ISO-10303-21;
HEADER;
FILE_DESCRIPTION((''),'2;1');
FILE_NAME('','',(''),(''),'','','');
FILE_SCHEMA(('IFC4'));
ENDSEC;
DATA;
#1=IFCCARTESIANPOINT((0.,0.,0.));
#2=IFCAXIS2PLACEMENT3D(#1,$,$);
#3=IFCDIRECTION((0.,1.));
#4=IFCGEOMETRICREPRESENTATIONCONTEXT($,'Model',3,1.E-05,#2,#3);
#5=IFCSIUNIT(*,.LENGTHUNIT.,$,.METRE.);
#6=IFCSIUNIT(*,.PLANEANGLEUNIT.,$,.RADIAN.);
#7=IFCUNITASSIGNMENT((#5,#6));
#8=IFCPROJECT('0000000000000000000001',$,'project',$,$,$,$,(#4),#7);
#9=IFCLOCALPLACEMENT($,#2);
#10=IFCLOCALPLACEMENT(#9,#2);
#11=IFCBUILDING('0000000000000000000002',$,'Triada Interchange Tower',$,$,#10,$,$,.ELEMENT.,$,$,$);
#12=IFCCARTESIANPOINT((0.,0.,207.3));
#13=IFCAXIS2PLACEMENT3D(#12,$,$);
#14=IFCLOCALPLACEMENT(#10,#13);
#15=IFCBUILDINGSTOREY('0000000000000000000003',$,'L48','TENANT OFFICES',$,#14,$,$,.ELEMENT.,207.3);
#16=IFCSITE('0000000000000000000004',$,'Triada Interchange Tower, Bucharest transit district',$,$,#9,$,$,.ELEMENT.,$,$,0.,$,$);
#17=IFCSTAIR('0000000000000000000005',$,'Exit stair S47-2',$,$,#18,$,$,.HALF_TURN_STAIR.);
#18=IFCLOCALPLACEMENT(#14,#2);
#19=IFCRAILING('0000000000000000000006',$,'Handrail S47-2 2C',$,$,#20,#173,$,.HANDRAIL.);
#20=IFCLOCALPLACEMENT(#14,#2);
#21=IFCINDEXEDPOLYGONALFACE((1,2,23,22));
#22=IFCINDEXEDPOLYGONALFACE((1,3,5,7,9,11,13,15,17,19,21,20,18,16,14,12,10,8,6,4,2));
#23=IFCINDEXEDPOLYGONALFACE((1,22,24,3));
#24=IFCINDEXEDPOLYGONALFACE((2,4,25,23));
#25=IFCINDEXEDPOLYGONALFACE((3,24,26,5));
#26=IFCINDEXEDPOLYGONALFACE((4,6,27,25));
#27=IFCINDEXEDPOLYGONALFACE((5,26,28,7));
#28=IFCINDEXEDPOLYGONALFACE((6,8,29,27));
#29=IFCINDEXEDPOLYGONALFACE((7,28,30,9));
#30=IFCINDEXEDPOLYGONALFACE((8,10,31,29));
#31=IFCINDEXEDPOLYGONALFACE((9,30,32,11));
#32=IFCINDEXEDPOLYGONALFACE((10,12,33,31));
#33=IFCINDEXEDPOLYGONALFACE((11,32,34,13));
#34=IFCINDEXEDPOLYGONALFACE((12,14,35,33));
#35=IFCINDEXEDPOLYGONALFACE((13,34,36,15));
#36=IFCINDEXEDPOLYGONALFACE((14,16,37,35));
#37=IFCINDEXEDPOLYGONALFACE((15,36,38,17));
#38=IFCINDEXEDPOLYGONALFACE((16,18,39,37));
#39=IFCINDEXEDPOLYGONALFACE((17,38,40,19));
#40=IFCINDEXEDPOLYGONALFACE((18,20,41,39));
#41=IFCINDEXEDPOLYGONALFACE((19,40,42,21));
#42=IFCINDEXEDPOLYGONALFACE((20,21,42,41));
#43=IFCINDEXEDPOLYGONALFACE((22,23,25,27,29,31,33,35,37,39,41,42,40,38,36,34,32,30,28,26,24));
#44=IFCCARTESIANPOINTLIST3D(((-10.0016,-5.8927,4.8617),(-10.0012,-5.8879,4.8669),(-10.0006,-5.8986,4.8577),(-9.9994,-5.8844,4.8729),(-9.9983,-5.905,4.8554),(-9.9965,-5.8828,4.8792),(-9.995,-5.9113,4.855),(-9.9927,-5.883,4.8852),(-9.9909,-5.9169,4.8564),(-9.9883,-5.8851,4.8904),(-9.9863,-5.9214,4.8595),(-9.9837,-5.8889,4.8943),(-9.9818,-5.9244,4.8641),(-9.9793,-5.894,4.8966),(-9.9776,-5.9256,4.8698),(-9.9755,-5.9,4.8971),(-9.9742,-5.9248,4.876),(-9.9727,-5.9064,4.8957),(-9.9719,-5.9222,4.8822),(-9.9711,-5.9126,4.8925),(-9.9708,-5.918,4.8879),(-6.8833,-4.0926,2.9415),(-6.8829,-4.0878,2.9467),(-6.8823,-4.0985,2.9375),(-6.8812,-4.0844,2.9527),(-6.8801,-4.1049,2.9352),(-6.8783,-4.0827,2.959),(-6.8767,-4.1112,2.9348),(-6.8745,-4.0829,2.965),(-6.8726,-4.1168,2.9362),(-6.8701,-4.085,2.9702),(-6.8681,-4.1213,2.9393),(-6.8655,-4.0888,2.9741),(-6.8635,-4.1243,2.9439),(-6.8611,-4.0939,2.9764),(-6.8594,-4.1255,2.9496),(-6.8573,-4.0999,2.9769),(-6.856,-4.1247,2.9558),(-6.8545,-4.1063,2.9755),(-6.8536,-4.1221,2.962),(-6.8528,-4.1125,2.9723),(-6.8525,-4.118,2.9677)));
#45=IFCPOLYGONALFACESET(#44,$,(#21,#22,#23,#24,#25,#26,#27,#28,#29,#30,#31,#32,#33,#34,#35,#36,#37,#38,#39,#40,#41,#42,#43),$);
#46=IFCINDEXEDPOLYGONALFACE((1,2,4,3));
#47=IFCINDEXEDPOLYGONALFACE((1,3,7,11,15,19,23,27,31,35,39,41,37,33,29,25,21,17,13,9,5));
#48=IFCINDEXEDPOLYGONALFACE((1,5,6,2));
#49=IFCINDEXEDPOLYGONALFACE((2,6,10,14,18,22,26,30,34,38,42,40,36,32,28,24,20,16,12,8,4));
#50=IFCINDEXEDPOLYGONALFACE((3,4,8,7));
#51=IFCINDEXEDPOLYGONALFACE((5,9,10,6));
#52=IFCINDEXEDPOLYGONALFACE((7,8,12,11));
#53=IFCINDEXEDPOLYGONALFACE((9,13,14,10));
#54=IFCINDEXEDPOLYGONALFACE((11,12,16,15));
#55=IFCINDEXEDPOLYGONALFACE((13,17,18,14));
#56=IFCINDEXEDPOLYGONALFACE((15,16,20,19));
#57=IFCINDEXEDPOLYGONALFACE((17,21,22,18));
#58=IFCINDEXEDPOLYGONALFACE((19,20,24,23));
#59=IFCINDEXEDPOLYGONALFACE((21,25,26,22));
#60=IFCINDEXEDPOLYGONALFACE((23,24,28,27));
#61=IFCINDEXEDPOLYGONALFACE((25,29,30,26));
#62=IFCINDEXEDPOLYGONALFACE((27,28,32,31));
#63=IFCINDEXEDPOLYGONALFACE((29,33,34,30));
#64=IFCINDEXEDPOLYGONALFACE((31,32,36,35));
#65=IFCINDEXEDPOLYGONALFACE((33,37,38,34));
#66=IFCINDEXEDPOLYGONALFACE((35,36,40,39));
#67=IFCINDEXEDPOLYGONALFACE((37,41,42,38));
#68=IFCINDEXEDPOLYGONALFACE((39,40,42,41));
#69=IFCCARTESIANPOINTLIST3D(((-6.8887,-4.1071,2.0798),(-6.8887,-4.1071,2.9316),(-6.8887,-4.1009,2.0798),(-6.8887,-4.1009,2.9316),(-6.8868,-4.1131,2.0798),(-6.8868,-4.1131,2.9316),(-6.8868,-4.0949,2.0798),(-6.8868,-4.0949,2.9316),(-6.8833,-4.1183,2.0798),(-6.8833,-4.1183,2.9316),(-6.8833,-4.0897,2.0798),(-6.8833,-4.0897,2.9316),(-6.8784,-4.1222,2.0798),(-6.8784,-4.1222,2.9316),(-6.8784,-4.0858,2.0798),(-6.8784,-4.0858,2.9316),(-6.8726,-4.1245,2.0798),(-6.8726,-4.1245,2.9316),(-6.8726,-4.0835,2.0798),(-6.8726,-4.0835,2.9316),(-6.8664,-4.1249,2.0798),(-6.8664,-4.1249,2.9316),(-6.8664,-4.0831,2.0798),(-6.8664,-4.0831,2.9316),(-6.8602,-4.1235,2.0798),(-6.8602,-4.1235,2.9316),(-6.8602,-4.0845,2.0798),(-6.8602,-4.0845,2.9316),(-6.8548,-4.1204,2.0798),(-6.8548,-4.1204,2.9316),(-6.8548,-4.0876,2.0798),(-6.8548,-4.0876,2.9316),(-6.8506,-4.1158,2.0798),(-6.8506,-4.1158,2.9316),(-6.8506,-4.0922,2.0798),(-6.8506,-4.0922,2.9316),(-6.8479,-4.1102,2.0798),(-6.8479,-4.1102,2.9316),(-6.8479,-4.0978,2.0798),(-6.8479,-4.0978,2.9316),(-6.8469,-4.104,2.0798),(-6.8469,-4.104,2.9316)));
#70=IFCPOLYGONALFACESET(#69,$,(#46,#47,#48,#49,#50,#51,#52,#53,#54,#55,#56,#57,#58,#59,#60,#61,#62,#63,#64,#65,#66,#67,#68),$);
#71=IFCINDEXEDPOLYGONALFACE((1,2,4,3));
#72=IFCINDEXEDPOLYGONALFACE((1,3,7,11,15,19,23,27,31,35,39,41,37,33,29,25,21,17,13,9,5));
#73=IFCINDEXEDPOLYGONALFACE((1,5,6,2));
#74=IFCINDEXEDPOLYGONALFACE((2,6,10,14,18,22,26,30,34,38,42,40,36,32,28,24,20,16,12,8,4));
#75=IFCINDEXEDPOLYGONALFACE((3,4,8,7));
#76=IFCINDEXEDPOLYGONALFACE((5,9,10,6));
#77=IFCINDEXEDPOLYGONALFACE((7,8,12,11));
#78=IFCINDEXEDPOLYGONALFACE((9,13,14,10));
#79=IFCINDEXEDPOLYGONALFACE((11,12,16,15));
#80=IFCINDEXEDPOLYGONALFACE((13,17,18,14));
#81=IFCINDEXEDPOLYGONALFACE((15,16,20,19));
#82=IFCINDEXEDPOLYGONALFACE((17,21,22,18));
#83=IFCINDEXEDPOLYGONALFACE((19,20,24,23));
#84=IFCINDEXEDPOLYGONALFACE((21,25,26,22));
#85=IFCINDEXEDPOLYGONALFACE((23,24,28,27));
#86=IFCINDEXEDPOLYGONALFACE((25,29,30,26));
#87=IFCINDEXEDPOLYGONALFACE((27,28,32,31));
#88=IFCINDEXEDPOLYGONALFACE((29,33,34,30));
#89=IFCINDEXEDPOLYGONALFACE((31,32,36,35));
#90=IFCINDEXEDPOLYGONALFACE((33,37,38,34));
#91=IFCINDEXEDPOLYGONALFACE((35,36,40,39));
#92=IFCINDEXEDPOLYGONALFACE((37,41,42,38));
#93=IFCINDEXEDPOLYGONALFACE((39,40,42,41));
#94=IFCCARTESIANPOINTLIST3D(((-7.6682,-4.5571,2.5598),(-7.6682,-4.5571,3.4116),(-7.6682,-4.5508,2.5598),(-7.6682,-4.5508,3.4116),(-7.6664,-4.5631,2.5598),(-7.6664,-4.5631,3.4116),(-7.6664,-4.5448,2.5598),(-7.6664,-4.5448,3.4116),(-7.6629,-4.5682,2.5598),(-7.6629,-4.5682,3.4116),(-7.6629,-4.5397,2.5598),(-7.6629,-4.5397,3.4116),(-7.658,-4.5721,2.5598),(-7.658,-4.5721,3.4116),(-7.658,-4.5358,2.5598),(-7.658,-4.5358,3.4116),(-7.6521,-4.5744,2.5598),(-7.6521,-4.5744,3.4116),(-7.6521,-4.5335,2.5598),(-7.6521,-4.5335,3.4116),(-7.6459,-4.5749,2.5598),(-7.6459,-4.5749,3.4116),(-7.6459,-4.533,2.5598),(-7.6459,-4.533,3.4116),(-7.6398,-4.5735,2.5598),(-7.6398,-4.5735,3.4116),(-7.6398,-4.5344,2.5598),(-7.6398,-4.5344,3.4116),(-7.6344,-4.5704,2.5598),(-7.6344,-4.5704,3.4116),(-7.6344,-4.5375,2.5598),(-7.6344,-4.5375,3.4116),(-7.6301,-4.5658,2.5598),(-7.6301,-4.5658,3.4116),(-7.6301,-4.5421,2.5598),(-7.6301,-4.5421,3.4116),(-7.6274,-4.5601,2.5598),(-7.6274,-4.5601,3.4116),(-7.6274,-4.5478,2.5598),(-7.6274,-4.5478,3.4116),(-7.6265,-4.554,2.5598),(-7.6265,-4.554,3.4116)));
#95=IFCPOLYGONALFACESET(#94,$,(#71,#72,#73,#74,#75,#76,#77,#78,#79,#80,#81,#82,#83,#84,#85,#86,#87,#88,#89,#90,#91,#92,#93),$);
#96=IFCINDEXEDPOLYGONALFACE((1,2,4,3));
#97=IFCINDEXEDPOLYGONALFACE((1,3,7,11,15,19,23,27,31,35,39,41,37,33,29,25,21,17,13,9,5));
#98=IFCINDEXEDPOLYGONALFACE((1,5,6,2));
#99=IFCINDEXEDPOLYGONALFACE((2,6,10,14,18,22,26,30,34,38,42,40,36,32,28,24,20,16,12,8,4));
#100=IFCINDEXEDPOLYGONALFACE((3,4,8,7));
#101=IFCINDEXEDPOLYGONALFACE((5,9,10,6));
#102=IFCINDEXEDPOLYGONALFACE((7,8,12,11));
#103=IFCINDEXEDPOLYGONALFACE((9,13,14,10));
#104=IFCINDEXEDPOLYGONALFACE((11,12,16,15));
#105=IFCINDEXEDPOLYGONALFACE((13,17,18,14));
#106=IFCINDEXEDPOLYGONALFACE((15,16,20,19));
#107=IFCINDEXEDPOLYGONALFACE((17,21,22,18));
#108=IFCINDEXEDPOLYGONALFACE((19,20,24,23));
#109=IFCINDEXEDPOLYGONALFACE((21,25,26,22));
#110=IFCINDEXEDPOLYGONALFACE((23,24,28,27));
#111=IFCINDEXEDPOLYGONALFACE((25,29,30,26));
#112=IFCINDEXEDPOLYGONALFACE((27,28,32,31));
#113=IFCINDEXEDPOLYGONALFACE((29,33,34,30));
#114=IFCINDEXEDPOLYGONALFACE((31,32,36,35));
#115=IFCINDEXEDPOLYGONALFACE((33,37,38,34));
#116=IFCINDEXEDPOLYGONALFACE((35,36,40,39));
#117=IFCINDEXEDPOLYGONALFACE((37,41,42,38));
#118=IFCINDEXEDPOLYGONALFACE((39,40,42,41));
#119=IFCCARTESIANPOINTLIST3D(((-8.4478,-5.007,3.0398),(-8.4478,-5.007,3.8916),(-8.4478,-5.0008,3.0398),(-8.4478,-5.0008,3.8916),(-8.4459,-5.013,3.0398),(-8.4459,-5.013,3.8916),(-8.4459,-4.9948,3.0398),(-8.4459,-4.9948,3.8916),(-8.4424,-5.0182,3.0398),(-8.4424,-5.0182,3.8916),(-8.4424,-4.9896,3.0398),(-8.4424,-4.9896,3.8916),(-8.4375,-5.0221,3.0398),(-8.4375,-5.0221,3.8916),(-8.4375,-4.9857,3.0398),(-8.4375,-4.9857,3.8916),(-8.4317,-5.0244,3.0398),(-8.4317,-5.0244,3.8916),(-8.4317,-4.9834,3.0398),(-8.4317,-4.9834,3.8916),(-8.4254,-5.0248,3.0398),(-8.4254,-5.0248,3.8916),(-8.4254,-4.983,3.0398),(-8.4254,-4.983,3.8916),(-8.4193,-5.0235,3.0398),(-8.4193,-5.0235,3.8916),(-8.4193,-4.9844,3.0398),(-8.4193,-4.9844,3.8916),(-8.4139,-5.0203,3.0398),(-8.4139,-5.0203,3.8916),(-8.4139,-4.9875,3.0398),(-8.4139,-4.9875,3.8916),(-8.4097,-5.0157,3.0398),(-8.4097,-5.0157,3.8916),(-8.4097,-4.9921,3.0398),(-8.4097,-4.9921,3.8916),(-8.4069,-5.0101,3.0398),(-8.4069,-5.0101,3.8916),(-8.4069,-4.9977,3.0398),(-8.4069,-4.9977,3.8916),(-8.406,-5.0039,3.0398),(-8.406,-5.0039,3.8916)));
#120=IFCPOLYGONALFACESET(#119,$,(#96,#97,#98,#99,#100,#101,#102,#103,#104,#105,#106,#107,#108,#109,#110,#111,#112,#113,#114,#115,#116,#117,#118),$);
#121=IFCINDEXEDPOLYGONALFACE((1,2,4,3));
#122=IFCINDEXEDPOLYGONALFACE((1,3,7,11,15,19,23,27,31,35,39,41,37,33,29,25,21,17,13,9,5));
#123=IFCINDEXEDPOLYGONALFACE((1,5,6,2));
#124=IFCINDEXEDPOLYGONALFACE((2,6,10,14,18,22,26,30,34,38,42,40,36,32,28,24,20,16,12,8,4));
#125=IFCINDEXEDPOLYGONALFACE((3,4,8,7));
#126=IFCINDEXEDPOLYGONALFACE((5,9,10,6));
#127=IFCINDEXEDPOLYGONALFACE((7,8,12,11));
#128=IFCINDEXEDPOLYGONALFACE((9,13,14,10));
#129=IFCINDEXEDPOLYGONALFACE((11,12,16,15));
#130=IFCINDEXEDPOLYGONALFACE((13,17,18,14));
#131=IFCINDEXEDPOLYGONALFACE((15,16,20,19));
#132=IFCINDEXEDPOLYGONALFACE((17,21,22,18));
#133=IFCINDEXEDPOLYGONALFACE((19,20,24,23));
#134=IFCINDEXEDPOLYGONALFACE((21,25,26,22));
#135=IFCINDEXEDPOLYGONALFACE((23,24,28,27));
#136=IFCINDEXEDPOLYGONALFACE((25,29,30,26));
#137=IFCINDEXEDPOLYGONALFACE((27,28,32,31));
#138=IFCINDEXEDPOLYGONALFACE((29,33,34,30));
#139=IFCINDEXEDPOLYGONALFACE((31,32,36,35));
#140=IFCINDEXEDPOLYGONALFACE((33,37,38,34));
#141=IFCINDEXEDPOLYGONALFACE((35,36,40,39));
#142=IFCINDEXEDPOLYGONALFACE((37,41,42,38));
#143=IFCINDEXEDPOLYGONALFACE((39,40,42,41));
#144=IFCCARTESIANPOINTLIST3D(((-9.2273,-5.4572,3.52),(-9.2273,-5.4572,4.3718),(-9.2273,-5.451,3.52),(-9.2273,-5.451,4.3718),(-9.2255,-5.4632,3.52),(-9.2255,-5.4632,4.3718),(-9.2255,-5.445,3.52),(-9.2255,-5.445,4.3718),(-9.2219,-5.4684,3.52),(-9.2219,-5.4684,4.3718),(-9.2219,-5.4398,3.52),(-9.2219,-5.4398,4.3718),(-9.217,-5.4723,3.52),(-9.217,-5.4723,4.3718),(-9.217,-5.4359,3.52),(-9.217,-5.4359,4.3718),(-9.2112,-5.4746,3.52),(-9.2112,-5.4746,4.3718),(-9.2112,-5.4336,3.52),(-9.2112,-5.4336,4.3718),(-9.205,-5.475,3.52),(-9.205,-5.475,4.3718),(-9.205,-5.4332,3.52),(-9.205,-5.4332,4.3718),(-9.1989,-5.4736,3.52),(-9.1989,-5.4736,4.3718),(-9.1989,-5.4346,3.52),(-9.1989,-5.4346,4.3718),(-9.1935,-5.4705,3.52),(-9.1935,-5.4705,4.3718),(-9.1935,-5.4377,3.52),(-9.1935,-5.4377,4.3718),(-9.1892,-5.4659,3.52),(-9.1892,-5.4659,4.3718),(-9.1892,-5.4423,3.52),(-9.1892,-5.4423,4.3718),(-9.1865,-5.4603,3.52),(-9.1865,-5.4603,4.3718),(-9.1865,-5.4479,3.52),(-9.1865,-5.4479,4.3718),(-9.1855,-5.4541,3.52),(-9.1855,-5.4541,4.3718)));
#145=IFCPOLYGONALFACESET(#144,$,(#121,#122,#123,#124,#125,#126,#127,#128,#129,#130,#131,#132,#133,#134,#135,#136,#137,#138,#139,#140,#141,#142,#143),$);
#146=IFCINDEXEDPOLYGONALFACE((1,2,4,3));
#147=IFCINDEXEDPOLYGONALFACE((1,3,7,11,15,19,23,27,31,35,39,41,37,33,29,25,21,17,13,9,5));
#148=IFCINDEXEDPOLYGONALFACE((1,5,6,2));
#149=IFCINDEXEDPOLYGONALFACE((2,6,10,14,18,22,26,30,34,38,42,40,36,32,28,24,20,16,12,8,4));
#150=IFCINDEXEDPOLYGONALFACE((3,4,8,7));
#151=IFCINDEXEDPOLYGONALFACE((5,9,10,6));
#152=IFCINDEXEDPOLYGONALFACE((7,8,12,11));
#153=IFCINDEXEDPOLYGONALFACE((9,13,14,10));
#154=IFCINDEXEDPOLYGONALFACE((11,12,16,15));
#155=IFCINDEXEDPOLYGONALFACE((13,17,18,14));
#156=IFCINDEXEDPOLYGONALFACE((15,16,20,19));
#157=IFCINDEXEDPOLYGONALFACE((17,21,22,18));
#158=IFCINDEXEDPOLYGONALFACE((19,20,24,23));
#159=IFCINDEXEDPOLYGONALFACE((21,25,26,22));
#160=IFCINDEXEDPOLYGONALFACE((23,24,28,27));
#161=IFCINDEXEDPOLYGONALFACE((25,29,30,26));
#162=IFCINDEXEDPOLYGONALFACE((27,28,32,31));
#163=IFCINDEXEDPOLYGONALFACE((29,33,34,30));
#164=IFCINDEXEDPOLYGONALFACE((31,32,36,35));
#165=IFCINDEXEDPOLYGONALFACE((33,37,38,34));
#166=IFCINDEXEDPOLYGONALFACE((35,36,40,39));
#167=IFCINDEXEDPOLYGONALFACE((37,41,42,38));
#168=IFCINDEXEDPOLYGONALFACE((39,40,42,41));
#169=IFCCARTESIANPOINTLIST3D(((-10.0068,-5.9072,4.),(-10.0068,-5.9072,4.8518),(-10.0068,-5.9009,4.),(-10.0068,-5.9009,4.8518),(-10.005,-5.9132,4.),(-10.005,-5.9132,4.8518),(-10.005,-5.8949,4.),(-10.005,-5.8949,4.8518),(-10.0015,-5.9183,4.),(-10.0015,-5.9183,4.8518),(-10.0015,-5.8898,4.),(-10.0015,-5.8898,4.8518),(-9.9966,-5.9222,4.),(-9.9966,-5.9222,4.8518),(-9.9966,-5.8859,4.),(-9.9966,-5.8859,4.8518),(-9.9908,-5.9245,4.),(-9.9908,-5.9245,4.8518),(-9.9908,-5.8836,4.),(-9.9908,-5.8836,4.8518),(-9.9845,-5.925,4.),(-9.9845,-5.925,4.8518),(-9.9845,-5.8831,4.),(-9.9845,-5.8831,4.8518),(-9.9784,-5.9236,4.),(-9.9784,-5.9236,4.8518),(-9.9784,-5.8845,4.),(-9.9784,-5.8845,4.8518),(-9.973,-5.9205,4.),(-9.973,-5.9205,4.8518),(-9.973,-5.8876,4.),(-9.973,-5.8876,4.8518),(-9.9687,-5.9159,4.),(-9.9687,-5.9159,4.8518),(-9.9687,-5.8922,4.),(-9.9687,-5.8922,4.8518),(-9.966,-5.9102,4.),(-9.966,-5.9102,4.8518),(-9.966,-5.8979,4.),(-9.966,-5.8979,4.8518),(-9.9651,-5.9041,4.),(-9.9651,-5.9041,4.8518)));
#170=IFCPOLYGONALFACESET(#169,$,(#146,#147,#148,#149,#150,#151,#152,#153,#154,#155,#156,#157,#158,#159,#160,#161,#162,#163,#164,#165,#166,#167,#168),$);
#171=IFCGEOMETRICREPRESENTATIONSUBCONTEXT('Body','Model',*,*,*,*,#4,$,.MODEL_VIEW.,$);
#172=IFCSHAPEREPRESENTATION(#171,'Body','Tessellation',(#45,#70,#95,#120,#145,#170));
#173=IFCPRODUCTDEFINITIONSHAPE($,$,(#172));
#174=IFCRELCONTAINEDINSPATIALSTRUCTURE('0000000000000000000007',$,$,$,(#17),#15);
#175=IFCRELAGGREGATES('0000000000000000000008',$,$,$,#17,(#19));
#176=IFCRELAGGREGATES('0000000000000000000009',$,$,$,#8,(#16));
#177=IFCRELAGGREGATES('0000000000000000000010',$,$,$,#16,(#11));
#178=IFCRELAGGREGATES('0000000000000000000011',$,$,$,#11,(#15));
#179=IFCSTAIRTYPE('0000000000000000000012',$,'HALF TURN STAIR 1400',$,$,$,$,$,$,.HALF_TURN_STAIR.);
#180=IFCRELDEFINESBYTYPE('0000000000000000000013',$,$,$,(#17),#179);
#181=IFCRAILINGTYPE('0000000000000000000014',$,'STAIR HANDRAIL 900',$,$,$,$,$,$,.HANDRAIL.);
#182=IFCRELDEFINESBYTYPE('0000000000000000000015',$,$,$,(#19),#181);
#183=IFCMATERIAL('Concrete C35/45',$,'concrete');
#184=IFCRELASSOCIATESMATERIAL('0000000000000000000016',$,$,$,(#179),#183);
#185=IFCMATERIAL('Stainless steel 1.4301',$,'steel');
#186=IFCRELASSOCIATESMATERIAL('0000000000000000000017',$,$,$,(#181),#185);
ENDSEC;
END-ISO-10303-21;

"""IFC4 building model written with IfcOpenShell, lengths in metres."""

from ifc_helpers import new_model, si_unit, direction, frame, origin, origin_2d, place, context, subcontext, project, spatial, circle, extrude, material, type_object, element, aggregate, save


model = new_model("IFC4")

# Units and contexts
model_context = context("Model", 3, precision=1e-05, world=origin(), true_north=direction((0.0, 1.0)))
body_context = subcontext(model_context, "Body", "Model", "MODEL_VIEW")
ifc_project = project(units=[si_unit("LENGTHUNIT", "METRE"), si_unit("PLANEANGLEUNIT", "RADIAN")], contexts=[model_context])

# Site, building, storey
site_placement = place(None, origin())
site = spatial("IfcSite", under=ifc_project, at=site_placement, Name="Triada Interchange Tower, Bucharest transit district", CompositionType="ELEMENT", RefElevation=0.0)
building_placement = place(site_placement, origin())
building = spatial("IfcBuilding", under=site, at=building_placement, Name="Triada Interchange Tower", CompositionType="ELEMENT")
storey_placement = place(building_placement, frame((0.0, 0.0, 207.3)))
storey = spatial("IfcBuildingStorey", under=building, at=storey_placement, Name="L48", Description="TENANT OFFICES", CompositionType="ELEMENT", Elevation=207.3)

# Stair, railing
ifc_material_1 = material(Name="Concrete C35/45", Category="concrete")
stair_type = type_object("IfcStairType", Name="HALF TURN STAIR 1400", PredefinedType="HALF_TURN_STAIR", material=ifc_material_1)
stair_placement = place(storey_placement, origin())
stair = element("IfcStair", 1, at=stair_placement, inside=storey, type_object=stair_type, Name="Exit stair S47-2", PredefinedType="HALF_TURN_STAIR")
ifc_material_2 = material(Name="Stainless steel 1.4301", Category="steel")
railing_type = type_object("IfcRailingType", Name="STAIR HANDRAIL 900", PredefinedType="HANDRAIL", material=ifc_material_2)
railing_1_placement = place(storey_placement, frame((-6.8679, -4.104, 2.0798)))
railing_1 = element("IfcRailing", 2, at=railing_1_placement, type_object=railing_type, Name="Handrail S47-2 2C", PredefinedType="HANDRAIL", context=body_context, shape_type="SweptSolid", body=[
    extrude(circle(Radius=0.0239, at=origin_2d()), frame((0.0, 0.0, 0.876), z_axis=(-0.76417, -0.441139, 0.470576), x_axis=(0.499953, -0.866052, 0.0)), (0.0, 0.0, 1.0), 4.0806),
    extrude(circle(Radius=0.021, at=origin_2d()), origin(), (0.0, 0.0, 1.0), 0.8518),
    extrude(circle(Radius=0.021, at=origin_2d()), frame((-0.7795, -0.45, 0.48)), (0.0, 0.0, 1.0), 0.8518),
    extrude(circle(Radius=0.021, at=origin_2d()), frame((-1.5591, -0.8999, 0.96)), (0.0, 0.0, 1.0), 0.8518),
    extrude(circle(Radius=0.021, at=origin_2d()), frame((-2.3386, -1.3501, 1.4402)), (0.0, 0.0, 1.0), 0.8518),
    extrude(circle(Radius=0.021, at=origin_2d()), frame((-3.1182, -1.8, 1.9202)), (0.0, 0.0, 1.0), 0.8518),
])
aggregate(stair, [railing_1])

save(model, "model.ifc")
